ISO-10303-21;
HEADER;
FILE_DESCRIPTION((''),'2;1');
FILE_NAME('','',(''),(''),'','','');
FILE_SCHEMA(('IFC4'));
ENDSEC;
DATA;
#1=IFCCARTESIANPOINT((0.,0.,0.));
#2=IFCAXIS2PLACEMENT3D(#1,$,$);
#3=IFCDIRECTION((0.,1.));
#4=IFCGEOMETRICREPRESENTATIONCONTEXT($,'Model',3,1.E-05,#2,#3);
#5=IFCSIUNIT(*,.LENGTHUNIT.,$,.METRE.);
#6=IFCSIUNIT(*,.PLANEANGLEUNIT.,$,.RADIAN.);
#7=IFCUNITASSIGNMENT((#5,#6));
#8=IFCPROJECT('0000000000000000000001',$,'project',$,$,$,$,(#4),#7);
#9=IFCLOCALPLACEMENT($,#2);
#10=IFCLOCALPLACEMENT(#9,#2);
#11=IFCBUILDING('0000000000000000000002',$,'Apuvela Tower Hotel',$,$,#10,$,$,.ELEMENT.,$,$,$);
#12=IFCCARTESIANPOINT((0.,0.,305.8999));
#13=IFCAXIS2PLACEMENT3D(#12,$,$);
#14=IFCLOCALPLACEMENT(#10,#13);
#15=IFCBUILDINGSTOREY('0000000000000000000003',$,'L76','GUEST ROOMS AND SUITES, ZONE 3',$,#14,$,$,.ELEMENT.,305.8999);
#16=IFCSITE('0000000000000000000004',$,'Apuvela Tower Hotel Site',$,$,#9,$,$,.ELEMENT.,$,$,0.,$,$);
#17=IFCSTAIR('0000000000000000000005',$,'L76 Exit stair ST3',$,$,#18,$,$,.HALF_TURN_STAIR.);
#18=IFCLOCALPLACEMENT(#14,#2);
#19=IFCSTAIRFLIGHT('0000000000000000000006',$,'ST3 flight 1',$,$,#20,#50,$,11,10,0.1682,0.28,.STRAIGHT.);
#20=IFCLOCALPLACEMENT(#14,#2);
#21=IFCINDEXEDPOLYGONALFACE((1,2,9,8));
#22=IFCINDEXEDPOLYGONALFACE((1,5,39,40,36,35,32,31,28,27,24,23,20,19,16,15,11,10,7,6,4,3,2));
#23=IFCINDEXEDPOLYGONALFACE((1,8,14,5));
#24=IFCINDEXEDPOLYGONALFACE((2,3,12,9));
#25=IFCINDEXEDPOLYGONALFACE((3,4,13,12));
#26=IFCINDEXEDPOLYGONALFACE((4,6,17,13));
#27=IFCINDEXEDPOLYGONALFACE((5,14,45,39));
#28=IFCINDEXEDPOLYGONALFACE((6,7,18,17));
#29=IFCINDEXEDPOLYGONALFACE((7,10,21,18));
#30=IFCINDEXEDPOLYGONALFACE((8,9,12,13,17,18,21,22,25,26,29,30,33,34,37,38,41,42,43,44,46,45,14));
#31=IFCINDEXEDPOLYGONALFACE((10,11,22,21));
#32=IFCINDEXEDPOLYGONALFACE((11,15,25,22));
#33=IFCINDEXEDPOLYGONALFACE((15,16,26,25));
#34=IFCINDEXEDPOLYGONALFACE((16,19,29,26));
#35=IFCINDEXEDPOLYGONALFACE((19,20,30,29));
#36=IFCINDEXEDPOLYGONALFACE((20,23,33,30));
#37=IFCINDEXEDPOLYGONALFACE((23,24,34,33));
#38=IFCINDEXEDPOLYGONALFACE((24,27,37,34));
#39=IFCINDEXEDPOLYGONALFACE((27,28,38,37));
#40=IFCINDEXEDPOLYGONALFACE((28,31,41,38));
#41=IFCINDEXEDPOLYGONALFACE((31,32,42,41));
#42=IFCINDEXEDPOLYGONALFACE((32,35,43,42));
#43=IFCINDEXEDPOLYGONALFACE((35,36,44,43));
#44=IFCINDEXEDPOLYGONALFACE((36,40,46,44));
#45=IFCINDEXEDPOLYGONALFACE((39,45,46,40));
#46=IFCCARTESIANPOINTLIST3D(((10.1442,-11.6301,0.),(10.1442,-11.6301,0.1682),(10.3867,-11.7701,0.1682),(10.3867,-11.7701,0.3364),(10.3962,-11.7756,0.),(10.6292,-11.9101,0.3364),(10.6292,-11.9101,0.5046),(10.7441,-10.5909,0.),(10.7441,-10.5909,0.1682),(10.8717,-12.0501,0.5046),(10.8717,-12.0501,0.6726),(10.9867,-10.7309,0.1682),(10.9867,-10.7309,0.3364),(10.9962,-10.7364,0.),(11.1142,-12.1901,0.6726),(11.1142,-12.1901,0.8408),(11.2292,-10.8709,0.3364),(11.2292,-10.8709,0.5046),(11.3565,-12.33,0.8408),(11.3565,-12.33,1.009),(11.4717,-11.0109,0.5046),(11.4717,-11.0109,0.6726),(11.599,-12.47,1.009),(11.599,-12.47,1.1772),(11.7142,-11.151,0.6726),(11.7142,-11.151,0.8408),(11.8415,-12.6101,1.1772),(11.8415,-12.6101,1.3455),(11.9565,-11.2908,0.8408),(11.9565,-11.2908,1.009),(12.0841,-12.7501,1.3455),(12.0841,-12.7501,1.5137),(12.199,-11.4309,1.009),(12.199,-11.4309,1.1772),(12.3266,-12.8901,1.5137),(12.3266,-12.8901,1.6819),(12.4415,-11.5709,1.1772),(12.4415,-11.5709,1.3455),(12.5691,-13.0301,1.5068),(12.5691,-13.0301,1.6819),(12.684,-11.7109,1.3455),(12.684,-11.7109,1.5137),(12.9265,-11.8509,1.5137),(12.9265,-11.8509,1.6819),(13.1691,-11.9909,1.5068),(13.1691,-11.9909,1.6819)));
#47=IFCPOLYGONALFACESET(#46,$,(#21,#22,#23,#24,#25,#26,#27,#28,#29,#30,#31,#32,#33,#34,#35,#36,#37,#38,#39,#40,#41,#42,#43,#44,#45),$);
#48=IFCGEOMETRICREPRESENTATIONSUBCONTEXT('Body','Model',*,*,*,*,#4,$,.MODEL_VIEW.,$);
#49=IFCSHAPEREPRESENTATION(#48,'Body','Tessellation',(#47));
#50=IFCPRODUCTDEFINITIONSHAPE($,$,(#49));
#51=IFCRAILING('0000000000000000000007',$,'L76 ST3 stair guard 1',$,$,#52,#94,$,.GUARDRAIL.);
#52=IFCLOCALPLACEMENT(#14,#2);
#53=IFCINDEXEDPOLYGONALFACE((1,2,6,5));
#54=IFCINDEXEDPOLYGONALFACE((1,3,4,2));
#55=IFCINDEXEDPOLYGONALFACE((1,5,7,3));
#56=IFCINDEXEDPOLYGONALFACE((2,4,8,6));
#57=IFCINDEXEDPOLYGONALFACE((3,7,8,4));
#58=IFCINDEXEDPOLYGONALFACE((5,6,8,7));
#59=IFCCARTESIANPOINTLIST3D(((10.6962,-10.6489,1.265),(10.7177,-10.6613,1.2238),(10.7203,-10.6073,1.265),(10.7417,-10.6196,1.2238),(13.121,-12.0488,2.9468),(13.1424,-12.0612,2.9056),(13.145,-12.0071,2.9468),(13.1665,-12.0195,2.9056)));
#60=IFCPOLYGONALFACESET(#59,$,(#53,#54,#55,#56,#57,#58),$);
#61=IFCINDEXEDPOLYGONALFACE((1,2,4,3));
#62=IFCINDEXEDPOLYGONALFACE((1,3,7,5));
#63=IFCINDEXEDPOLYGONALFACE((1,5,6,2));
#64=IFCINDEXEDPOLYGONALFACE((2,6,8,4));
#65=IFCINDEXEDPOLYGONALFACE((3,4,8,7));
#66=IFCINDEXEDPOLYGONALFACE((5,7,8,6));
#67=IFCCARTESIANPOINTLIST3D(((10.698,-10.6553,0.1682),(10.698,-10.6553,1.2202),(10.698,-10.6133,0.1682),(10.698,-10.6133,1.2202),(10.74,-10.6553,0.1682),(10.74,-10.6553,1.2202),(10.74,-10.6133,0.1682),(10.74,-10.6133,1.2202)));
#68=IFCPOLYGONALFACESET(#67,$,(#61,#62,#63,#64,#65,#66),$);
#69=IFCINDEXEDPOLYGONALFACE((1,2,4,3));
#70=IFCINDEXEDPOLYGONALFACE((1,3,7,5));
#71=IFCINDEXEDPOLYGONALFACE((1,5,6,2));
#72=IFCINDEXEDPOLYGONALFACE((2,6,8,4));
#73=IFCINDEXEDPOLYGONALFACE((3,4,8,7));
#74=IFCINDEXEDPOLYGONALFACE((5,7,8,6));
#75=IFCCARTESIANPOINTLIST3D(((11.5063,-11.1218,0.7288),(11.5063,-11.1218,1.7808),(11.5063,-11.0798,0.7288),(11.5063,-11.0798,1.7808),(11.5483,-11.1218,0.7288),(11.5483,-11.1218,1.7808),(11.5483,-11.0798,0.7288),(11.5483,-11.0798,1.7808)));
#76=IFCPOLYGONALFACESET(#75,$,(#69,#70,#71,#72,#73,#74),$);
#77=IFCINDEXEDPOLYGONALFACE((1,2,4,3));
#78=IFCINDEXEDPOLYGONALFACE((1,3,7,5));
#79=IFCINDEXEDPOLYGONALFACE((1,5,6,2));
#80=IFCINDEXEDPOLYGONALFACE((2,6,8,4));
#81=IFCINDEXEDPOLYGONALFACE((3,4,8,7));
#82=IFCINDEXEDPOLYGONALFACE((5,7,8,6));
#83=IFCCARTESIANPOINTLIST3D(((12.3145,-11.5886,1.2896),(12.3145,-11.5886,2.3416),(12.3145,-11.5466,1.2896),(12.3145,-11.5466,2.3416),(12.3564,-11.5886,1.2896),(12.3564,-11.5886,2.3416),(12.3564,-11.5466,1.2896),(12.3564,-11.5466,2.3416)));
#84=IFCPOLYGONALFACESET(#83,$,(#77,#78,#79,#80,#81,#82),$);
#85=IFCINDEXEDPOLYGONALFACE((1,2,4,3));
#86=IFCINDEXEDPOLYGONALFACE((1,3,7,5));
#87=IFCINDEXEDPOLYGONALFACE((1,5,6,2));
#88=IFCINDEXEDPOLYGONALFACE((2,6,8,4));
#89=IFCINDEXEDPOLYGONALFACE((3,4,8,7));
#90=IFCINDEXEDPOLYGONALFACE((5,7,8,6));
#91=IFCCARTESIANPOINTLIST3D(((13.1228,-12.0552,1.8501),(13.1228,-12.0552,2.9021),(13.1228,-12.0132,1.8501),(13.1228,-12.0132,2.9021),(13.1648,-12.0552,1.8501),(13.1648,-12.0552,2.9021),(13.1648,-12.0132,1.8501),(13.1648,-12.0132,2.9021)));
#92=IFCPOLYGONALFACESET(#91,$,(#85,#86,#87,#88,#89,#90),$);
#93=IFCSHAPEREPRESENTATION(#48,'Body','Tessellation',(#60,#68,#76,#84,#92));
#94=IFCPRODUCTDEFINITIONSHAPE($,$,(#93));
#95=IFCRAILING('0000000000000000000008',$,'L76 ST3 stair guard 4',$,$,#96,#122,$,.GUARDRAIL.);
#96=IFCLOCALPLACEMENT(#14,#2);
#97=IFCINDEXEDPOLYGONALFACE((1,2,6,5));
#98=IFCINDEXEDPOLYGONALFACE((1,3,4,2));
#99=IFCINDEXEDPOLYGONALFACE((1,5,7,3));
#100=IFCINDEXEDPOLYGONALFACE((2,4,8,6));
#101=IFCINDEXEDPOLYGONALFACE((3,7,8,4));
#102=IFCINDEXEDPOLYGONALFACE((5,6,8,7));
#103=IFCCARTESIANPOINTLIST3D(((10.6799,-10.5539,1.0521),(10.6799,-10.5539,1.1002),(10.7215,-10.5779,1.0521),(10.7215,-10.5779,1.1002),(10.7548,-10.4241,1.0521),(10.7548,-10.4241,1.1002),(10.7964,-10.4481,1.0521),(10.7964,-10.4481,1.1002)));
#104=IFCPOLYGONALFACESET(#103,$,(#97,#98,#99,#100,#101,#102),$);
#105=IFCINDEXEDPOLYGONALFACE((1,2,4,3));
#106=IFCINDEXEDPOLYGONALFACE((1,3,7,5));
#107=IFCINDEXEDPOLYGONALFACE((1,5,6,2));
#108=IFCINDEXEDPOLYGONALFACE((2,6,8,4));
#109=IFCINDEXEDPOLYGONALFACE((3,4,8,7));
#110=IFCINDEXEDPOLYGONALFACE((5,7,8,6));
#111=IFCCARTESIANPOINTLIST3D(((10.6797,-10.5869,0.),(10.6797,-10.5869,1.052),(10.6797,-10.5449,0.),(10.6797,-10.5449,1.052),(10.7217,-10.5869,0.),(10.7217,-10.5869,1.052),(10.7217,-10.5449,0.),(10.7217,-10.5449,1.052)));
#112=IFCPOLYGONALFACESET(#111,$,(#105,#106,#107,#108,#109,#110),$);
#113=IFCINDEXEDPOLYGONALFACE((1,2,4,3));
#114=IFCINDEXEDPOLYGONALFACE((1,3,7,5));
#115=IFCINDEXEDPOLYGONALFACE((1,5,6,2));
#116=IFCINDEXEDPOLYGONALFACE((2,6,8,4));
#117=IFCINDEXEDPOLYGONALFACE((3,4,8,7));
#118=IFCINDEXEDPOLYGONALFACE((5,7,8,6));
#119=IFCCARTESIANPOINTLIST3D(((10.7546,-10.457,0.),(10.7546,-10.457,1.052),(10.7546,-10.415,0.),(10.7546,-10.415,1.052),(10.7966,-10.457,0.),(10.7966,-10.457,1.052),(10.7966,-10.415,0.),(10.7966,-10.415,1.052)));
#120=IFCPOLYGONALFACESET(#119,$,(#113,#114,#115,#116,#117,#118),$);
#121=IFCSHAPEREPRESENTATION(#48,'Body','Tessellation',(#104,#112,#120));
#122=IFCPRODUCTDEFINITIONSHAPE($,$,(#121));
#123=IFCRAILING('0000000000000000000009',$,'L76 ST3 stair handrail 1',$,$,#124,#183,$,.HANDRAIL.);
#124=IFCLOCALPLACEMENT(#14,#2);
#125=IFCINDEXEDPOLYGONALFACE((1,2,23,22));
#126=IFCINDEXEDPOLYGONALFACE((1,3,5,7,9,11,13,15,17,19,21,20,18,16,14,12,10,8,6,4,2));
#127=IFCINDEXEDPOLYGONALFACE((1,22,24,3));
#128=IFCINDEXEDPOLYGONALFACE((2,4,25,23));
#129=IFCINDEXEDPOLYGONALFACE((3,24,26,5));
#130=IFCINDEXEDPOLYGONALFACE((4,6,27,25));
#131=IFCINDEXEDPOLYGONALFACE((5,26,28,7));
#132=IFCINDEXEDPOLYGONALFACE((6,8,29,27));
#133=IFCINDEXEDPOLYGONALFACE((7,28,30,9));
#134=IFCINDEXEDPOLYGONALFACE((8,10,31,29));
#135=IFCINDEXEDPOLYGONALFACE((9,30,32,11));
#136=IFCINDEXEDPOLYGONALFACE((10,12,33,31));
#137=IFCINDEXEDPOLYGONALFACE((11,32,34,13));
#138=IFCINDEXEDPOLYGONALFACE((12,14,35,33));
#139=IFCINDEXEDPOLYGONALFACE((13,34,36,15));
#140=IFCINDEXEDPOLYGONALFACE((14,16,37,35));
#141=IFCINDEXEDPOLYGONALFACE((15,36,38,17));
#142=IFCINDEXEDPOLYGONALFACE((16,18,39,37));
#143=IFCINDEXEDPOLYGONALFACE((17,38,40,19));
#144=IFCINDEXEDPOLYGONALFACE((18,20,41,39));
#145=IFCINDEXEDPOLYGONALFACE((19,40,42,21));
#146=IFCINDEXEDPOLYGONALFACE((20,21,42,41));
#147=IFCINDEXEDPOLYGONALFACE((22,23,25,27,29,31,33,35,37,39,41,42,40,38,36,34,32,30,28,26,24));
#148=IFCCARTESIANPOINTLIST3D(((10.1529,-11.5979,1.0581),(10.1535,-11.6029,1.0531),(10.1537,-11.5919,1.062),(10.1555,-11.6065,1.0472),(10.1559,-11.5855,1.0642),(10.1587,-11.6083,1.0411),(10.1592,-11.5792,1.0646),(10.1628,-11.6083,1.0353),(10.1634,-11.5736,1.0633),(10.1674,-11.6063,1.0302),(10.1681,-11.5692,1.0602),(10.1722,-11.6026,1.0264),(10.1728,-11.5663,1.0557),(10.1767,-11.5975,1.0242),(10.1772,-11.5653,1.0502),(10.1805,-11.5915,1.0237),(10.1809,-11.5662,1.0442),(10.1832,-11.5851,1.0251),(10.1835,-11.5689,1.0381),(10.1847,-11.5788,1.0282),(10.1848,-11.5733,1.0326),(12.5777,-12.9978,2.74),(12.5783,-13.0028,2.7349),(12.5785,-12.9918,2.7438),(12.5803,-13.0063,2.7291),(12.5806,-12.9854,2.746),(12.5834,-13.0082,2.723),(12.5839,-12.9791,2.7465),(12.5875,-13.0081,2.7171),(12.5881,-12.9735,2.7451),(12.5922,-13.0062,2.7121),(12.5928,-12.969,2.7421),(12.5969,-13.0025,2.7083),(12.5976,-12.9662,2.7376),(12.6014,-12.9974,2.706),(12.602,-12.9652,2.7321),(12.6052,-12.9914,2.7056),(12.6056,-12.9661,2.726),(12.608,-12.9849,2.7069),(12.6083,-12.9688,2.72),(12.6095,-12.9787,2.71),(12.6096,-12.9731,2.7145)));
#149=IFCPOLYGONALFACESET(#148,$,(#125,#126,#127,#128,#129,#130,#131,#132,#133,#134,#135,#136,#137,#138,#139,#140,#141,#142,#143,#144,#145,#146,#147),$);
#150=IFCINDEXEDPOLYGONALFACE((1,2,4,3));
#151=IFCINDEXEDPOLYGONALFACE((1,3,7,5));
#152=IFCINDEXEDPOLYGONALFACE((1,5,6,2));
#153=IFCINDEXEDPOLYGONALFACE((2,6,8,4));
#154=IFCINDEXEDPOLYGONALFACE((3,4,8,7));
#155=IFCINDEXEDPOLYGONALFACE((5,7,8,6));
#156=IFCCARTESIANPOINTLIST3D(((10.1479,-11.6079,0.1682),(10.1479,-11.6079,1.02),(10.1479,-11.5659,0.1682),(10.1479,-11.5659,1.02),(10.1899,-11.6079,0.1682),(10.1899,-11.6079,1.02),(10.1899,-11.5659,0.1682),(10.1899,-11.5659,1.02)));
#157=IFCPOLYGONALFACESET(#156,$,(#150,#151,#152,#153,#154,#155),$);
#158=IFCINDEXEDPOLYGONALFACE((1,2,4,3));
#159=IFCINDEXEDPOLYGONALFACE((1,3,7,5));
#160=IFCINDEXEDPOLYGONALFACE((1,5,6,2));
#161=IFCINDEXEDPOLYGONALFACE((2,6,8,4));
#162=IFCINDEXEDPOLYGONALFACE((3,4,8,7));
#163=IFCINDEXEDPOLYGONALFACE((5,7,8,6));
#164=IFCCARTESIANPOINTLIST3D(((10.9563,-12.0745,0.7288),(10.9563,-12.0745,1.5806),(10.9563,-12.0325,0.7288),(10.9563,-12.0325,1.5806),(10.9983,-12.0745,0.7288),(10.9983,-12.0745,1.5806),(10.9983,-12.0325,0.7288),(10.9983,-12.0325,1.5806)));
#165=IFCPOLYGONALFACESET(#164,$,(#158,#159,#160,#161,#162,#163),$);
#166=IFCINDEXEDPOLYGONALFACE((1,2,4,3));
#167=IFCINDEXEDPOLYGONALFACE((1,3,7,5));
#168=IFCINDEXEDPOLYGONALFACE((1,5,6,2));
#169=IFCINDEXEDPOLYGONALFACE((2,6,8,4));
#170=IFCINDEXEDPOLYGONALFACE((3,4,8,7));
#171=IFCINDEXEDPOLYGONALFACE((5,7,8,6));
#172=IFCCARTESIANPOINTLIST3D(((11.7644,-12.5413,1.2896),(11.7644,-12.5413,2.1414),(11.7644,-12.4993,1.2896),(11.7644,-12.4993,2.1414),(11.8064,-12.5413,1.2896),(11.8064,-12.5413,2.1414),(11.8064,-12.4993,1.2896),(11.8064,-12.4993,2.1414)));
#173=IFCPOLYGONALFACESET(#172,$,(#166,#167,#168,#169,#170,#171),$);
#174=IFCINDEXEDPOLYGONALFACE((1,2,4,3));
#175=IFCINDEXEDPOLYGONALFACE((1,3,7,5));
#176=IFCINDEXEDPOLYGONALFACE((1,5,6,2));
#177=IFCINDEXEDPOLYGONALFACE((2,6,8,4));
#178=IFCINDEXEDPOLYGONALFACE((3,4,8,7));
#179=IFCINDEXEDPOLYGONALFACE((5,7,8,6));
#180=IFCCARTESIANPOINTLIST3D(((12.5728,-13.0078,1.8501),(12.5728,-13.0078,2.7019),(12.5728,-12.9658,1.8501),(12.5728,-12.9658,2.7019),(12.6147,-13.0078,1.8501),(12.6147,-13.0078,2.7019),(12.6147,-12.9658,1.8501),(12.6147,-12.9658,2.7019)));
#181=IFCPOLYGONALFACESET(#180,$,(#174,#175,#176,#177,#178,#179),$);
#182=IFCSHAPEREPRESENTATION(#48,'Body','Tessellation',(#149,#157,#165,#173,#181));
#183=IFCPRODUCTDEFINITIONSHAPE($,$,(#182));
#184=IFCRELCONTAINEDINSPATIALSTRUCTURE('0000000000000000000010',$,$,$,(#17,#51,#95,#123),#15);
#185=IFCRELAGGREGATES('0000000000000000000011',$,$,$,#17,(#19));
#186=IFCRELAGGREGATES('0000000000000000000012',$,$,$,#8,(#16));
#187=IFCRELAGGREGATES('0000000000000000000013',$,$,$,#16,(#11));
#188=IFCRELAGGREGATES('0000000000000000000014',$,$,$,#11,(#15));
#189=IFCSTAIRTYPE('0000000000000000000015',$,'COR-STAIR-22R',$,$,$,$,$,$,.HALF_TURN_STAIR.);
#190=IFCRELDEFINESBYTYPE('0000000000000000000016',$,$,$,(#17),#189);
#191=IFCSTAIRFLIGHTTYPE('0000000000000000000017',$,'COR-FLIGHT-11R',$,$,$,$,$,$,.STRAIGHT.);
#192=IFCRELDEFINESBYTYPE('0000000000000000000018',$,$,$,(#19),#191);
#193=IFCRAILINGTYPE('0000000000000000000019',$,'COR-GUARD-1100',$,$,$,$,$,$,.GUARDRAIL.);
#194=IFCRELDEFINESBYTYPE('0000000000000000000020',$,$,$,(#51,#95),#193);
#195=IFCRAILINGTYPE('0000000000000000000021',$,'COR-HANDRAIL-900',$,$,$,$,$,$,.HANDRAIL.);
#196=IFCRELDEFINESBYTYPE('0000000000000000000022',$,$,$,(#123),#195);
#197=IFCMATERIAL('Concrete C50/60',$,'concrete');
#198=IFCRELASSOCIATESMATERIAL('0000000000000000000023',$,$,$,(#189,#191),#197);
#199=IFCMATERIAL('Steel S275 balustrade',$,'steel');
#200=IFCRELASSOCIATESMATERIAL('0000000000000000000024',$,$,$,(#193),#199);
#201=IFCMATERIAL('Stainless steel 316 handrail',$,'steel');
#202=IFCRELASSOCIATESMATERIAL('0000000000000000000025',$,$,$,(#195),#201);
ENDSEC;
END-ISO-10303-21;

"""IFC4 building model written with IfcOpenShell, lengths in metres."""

from ifc_helpers import new_model, si_unit, direction, frame, origin, origin_2d, place, context, subcontext, project, spatial, polyline, rectangle, circle, outline, extrude, material, type_object, element, aggregate, save


model = new_model("IFC4")

# Units and contexts
model_context = context("Model", 3, precision=1e-05, world=origin(), true_north=direction((0.0, 1.0)))
body_context = subcontext(model_context, "Body", "Model", "MODEL_VIEW")
ifc_project = project(units=[si_unit("LENGTHUNIT", "METRE"), si_unit("PLANEANGLEUNIT", "RADIAN")], contexts=[model_context])

# Site, building, storey
site_placement = place(None, origin())
site = spatial("IfcSite", under=ifc_project, at=site_placement, Name="Apuvela Tower Hotel Site", CompositionType="ELEMENT", RefElevation=0.0)
building_placement = place(site_placement, origin())
building = spatial("IfcBuilding", under=site, at=building_placement, Name="Apuvela Tower Hotel", CompositionType="ELEMENT")
storey_placement = place(building_placement, frame((0.0, 0.0, 305.8999)))
storey = spatial("IfcBuildingStorey", under=building, at=storey_placement, Name="L76", Description="GUEST ROOMS AND SUITES, ZONE 3", CompositionType="ELEMENT", Elevation=305.8999)

# Shared definitions
ifc_material_1 = material(Name="Concrete C50/60", Category="concrete")

# Stair, stair flight
stair_type = type_object("IfcStairType", Name="COR-STAIR-22R", PredefinedType="HALF_TURN_STAIR", material=ifc_material_1)
stair_placement = place(storey_placement, origin())
stair = element("IfcStair", 1, at=stair_placement, inside=storey, type_object=stair_type, Name="L76 Exit stair ST3", PredefinedType="HALF_TURN_STAIR")
stair_flight_type = type_object("IfcStairFlightType", Name="COR-FLIGHT-11R", PredefinedType="STRAIGHT", material=ifc_material_1)
stair_flight_placement = place(storey_placement, frame((10.4441, -11.1106, 0.0), z_axis=(0.0, 0.0, 1.0), x_axis=(0.866025, -0.5, 0.0)))
stair_flight = element("IfcStairFlight", 2, at=stair_flight_placement, type_object=stair_flight_type, Name="ST3 flight 1", NumberOfRisers=11, NumberOfTreads=10, PredefinedType="STRAIGHT", RiserHeight=0.1682, TreadLength=0.28, context=body_context, shape_type="SweptSolid", body=[
    extrude(outline(polyline([(0.0, 0.0), (0.0, 0.1682), (0.28, 0.1682), (0.28, 0.3364), (0.5601, 0.3364), (0.5601, 0.5046), (0.8401, 0.5046), (0.8401, 0.6726), (1.1201, 0.6726), (1.1201, 0.8408), (1.3999, 0.8408), (1.3999, 1.009), (1.6799, 1.009), (1.6799, 1.1772), (1.96, 1.1772), (1.96, 1.3455), (2.24, 1.3455), (2.24, 1.5137), (2.52, 1.5137), (2.52, 1.6819), (2.8, 1.6819), (2.8, 1.8501), (2.8, 1.5068), (0.291, 0.0), (0.0, 0.0)])), frame((0.0, 0.6001, 0.0), z_axis=(0.0, -1.0, 0.0), x_axis=(1.0, 0.0, 0.0)), (0.0, 0.0, 1.0), 1.2),
])
aggregate(stair, [stair_flight])

# Railings
ifc_material_2 = material(Name="Steel S275 balustrade", Category="steel")
railing_type_1 = type_object("IfcRailingType", Name="COR-GUARD-1100", PredefinedType="GUARDRAIL", material=ifc_material_2)
railing_1_placement = place(storey_placement, frame((10.719, -10.6343, 0.1682)))
element("IfcRailing", 3, at=railing_1_placement, inside=storey, type_object=railing_type_1, Name="L76 ST3 stair guard 1", PredefinedType="GUARDRAIL", context=body_context, shape_type="SweptSolid", body=[
    extrude(rectangle(XDim=0.0481, YDim=0.0481, at=origin_2d()), frame((0.0, 0.0, 1.0762), z_axis=(0.74239, -0.428601, 0.514934), x_axis=(0.499984, 0.866035, 0.0)), (0.0, 0.0, 1.0), 3.2661),
    extrude(rectangle(XDim=0.042, YDim=0.042, at=origin_2d()), origin(), (0.0, 0.0, 1.0), 1.052),
    extrude(rectangle(XDim=0.042, YDim=0.042, at=origin_2d()), frame((0.8083, -0.4666, 0.5605)), (0.0, 0.0, 1.0), 1.052),
    extrude(rectangle(XDim=0.042, YDim=0.042, at=origin_2d()), frame((1.6165, -0.9333, 1.1213)), (0.0, 0.0, 1.0), 1.052),
    extrude(rectangle(XDim=0.042, YDim=0.042, at=origin_2d()), frame((2.4248, -1.3999, 1.6819)), (0.0, 0.0, 1.0), 1.052),
])
railing_2_placement = place(storey_placement, frame((10.7007, -10.5659, 0.0)))
element("IfcRailing", 4, at=railing_2_placement, inside=storey, type_object=railing_type_1, Name="L76 ST3 stair guard 4", PredefinedType="GUARDRAIL", context=body_context, shape_type="SweptSolid", body=[
    extrude(rectangle(XDim=0.0481, YDim=0.0481, at=origin_2d()), frame((0.0, 0.0, 1.0762), z_axis=(0.499816, 0.866131, 0.0), x_axis=(-0.866131, 0.499816, 0.0)), (0.0, 0.0, 1.0), 0.1499),
    extrude(rectangle(XDim=0.042, YDim=0.042, at=origin_2d()), origin(), (0.0, 0.0, 1.0), 1.052),
    extrude(rectangle(XDim=0.042, YDim=0.042, at=origin_2d()), frame((0.075, 0.1299, 0.0)), (0.0, 0.0, 1.0), 1.052),
])
ifc_material_3 = material(Name="Stainless steel 316 handrail", Category="steel")
railing_type_2 = type_object("IfcRailingType", Name="COR-HANDRAIL-900", PredefinedType="HANDRAIL", material=ifc_material_3)
railing_3_placement = place(storey_placement, frame((10.1689, -11.5869, 0.1682)))
element("IfcRailing", 5, at=railing_3_placement, inside=storey, type_object=railing_type_2, Name="L76 ST3 stair handrail 1", PredefinedType="HANDRAIL", context=body_context, shape_type="SweptSolid", body=[
    extrude(circle(Radius=0.0239, at=origin_2d()), frame((0.0, 0.0, 0.876), z_axis=(0.74239, -0.428601, 0.514934), x_axis=(0.499984, 0.866035, 0.0)), (0.0, 0.0, 1.0), 3.2661),
    extrude(rectangle(XDim=0.042, YDim=0.042, at=origin_2d()), origin(), (0.0, 0.0, 1.0), 0.8518),
    extrude(rectangle(XDim=0.042, YDim=0.042, at=origin_2d()), frame((0.8083, -0.4666, 0.5605)), (0.0, 0.0, 1.0), 0.8518),
    extrude(rectangle(XDim=0.042, YDim=0.042, at=origin_2d()), frame((1.6165, -0.9333, 1.1213)), (0.0, 0.0, 1.0), 0.8518),
    extrude(rectangle(XDim=0.042, YDim=0.042, at=origin_2d()), frame((2.4248, -1.3999, 1.6819)), (0.0, 0.0, 1.0), 0.8518),
])

save(model, "model.ifc")
